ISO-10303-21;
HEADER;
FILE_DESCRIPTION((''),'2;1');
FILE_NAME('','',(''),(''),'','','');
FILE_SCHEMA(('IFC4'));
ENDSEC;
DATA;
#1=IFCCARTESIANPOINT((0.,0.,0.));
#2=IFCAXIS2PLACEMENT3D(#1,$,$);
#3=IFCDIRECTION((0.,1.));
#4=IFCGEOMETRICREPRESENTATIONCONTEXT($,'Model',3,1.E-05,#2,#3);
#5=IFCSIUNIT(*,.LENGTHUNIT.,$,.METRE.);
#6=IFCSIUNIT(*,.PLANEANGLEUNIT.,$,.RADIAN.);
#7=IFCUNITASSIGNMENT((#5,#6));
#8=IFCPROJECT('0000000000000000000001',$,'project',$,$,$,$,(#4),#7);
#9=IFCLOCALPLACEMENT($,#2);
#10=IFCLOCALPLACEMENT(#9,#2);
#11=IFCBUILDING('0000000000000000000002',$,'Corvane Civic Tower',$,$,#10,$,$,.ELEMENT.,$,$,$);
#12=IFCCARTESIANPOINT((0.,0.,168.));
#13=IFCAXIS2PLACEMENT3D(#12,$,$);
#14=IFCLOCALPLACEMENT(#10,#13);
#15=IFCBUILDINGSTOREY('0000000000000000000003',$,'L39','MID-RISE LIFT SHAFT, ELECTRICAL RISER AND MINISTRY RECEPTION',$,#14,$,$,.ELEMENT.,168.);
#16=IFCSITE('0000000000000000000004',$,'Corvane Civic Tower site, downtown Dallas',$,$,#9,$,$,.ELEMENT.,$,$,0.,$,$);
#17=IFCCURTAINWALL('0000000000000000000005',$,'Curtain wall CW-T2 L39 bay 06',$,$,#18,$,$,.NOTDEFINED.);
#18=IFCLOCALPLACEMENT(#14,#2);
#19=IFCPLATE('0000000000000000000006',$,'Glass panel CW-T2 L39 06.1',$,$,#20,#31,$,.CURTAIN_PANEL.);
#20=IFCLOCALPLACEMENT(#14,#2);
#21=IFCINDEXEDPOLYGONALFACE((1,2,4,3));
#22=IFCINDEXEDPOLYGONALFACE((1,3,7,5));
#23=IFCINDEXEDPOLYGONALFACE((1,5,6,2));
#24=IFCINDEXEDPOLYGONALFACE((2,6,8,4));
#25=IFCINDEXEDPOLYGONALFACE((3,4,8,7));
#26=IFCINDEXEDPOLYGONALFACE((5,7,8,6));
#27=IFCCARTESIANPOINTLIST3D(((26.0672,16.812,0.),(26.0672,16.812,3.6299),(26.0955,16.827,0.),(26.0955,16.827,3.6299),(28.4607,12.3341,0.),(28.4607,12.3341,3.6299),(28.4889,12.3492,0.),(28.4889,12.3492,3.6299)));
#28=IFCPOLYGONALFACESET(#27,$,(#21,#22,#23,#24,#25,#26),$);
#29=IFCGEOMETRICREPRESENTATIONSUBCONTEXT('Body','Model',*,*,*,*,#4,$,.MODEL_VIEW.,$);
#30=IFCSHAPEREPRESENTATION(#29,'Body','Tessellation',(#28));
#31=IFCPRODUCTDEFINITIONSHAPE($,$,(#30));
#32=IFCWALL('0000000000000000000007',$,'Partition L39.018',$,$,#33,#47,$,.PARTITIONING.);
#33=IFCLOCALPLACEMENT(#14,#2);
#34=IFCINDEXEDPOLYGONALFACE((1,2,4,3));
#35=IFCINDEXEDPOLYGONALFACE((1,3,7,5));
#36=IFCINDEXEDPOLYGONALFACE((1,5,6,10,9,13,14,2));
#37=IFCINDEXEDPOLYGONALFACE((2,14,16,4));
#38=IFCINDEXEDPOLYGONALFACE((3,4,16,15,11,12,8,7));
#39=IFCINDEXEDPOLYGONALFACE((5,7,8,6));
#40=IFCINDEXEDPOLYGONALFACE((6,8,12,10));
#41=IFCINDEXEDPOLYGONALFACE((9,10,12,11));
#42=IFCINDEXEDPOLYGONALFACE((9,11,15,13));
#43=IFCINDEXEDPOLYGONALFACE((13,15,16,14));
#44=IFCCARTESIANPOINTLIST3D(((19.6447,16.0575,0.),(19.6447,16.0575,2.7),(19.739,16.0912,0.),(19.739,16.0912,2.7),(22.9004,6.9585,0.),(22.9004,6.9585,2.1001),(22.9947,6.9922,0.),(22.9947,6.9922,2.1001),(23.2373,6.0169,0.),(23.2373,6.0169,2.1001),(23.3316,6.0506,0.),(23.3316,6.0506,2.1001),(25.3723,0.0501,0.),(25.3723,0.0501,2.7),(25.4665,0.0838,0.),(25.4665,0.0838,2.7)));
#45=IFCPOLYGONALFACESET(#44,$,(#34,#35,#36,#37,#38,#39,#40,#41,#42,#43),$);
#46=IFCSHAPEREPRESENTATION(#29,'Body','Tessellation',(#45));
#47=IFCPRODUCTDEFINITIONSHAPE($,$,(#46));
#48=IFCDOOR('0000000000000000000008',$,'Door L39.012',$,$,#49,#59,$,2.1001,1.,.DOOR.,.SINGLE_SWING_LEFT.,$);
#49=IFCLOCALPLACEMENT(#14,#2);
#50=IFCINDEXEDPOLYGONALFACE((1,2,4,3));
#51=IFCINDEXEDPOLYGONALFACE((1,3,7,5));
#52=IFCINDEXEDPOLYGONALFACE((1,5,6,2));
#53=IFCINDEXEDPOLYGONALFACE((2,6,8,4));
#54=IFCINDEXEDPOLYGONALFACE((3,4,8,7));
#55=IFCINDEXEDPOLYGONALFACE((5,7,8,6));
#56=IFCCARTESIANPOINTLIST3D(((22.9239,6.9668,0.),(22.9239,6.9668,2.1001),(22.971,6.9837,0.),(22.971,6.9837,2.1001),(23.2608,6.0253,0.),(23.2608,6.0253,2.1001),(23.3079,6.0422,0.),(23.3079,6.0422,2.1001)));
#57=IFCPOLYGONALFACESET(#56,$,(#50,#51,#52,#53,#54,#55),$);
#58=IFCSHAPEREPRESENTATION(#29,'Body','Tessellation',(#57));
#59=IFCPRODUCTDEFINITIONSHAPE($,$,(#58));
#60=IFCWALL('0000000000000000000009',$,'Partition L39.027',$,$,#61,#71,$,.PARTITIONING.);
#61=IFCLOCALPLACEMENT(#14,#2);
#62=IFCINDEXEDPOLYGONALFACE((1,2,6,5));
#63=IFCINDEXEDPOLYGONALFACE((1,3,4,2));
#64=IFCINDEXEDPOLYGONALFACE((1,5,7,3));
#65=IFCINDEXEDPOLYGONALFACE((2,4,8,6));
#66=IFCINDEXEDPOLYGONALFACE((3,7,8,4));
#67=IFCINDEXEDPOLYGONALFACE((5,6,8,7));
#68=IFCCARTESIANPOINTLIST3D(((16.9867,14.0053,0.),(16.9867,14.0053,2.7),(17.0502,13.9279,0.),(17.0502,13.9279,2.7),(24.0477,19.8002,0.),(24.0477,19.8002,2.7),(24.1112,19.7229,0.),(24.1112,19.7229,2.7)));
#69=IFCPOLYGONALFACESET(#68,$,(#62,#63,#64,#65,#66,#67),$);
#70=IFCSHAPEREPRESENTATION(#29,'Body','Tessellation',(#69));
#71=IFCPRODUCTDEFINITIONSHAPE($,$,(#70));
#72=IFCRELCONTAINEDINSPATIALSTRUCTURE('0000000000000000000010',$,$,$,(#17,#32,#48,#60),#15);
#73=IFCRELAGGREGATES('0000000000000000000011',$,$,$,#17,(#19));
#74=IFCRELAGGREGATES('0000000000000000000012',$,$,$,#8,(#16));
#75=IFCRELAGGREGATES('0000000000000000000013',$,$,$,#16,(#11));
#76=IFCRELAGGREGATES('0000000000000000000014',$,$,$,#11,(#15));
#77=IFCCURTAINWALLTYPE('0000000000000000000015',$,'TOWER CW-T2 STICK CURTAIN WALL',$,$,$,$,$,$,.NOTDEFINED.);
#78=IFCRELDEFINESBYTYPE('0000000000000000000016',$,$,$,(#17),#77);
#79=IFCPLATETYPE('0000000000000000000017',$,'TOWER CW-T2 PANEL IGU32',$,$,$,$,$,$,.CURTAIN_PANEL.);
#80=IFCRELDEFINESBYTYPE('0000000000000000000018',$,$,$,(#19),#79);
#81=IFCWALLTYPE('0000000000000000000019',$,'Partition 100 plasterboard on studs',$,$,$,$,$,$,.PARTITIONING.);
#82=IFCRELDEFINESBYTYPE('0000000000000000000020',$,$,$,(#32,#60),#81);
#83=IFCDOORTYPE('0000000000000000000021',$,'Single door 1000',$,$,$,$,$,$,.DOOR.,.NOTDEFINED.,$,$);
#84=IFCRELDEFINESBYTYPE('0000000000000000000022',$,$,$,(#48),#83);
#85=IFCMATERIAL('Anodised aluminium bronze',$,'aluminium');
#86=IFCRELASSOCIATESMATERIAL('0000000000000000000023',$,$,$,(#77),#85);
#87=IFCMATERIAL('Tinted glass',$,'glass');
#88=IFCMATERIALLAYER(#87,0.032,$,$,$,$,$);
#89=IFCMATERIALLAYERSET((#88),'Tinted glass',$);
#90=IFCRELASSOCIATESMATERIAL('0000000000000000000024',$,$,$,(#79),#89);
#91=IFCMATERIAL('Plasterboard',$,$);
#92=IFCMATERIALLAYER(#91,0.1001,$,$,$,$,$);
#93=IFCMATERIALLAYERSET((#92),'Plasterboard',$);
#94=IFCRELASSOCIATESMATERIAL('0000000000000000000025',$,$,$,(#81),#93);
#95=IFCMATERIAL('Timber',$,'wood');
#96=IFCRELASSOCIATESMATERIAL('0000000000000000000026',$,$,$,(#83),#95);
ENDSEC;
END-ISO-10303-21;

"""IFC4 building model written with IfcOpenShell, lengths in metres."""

from ifc_helpers import new_model, si_unit, direction, frame, frame_2d, origin, origin_2d, place, context, subcontext, project, spatial, rectangle, extrude, material, layer, layer_set, type_object, element, fill, aggregate, save


model = new_model("IFC4")

# Units and contexts
model_context = context("Model", 3, precision=1e-05, world=origin(), true_north=direction((0.0, 1.0)))
body_context = subcontext(model_context, "Body", "Model", "MODEL_VIEW")
ifc_project = project(units=[si_unit("LENGTHUNIT", "METRE"), si_unit("PLANEANGLEUNIT", "RADIAN")], contexts=[model_context])

# Site, building, storey
site_placement = place(None, origin())
site = spatial("IfcSite", under=ifc_project, at=site_placement, Name="Corvane Civic Tower site, downtown Dallas", CompositionType="ELEMENT", RefElevation=0.0)
building_placement = place(site_placement, origin())
building = spatial("IfcBuilding", under=site, at=building_placement, Name="Corvane Civic Tower", CompositionType="ELEMENT")
storey_placement = place(building_placement, frame((0.0, 0.0, 168.0)))
storey = spatial("IfcBuildingStorey", under=building, at=storey_placement, Name="L39", Description="MID-RISE LIFT SHAFT, ELECTRICAL RISER AND MINISTRY RECEPTION", CompositionType="ELEMENT", Elevation=168.0)

# Curtain wall
ifc_material_1 = material(Name="Anodised aluminium bronze", Category="aluminium")
curtain_wall_type = type_object("IfcCurtainWallType", Name="TOWER CW-T2 STICK CURTAIN WALL", PredefinedType="NOTDEFINED", material=ifc_material_1)
curtain_wall_1_placement = place(storey_placement, origin())
curtain_wall_1 = element("IfcCurtainWall", 1, at=curtain_wall_1_placement, inside=storey, type_object=curtain_wall_type, Name="Curtain wall CW-T2 L39 bay 06", PredefinedType="NOTDEFINED")

# Shared definitions
ifc_material_2 = material(Name="Tinted glass", Category="glass")
ifc_layer_1 = layer(ifc_material_2, 0.032)
ifc_layer_set_1 = layer_set([ifc_layer_1], Name="Tinted glass")
plate_type = type_object("IfcPlateType", Name="TOWER CW-T2 PANEL IGU32", PredefinedType="CURTAIN_PANEL", material=ifc_layer_set_1)

# Plate
plate_1_placement = place(storey_placement, frame((27.2781, 14.5806, 0.0), z_axis=(0.0, 0.0, 1.0), x_axis=(0.471395, -0.881922, 0.0)))
plate_1 = element("IfcPlate", 2, at=plate_1_placement, type_object=plate_type, Name="Glass panel CW-T2 L39 06.1", PredefinedType="CURTAIN_PANEL", context=body_context, shape_type="SweptSolid", body=[
    extrude(rectangle(XDim=5.0774, YDim=0.032, at=origin_2d()), origin(), (0.0, 0.0, 1.0), 3.6299),
])
aggregate(curtain_wall_1, [plate_1])

# Wall, opening, door
ifc_material_3 = material(Name="Plasterboard")
ifc_layer_2 = layer(ifc_material_3, 0.1001)
ifc_layer_set_2 = layer_set([ifc_layer_2], Name="Plasterboard")
wall_type = type_object("IfcWallType", Name="Partition 100 plasterboard on studs", PredefinedType="PARTITIONING", material=ifc_layer_set_2)
wall_1_placement = place(storey_placement, frame((19.6919, 16.0742, 0.0), z_axis=(0.0, 0.0, 1.0), x_axis=(0.336891, -0.941544, 0.0)))
wall_1 = element("IfcWall", 3, at=wall_1_placement, inside=storey, type_object=wall_type, Name="Partition L39.018", PredefinedType="PARTITIONING", context=body_context, shape_type="SweptSolid", body=[
    extrude(rectangle(XDim=17.0012, YDim=0.1001, at=frame_2d((8.5005, 0.0))), origin(), (0.0, 0.0, 1.0), 2.7),
])
opening_placement = place(wall_1_placement, frame((9.6638, 0.0, 0.0)))
opening = element("IfcOpeningElement", 4, at=opening_placement, cuts=wall_1, PredefinedType="OPENING", context=body_context, shape_type="SweptSolid", body=[
    extrude(rectangle(XDim=1.0, YDim=2.1001, at=frame_2d((0.5, 1.05))), frame((0.0, 0.0601, 0.0), z_axis=(0.0, -1.0, 0.0), x_axis=(1.0, 0.0, 0.0)), (0.0, 0.0, 1.0), 0.1201),
])
ifc_material_4 = material(Name="Timber", Category="wood")
door_type = type_object("IfcDoorType", Name="Single door 1000", OperationType="NOTDEFINED", PredefinedType="DOOR", material=ifc_material_4)
door_placement = place(opening_placement, origin())
door = element("IfcDoor", 5, at=door_placement, inside=storey, type_object=door_type, Name="Door L39.012", OperationType="SINGLE_SWING_LEFT", OverallHeight=2.1001, OverallWidth=1.0, PredefinedType="DOOR", context=body_context, shape_type="SweptSolid", body=[
    extrude(rectangle(XDim=1.0, YDim=2.1001, at=frame_2d((0.5, 1.05))), frame((0.0, 0.0249, 0.0), z_axis=(0.0, -1.0, 0.0), x_axis=(1.0, 0.0, 0.0)), (0.0, 0.0, 1.0), 0.05),
])
fill(opening, door)

# Wall
wall_2_placement = place(storey_placement, frame((17.0183, 13.9666, 0.0), z_axis=(0.0, 0.0, 1.0), x_axis=(0.773006, 0.634399, 0.0)))
element("IfcWall", 6, at=wall_2_placement, inside=storey, type_object=wall_type, Name="Partition L39.027", PredefinedType="PARTITIONING", context=body_context, shape_type="SweptSolid", body=[
    extrude(rectangle(XDim=9.1345, YDim=0.1001, at=frame_2d((4.5674, 0.0))), origin(), (0.0, 0.0, 1.0), 2.7),
])

save(model, "model.ifc")
